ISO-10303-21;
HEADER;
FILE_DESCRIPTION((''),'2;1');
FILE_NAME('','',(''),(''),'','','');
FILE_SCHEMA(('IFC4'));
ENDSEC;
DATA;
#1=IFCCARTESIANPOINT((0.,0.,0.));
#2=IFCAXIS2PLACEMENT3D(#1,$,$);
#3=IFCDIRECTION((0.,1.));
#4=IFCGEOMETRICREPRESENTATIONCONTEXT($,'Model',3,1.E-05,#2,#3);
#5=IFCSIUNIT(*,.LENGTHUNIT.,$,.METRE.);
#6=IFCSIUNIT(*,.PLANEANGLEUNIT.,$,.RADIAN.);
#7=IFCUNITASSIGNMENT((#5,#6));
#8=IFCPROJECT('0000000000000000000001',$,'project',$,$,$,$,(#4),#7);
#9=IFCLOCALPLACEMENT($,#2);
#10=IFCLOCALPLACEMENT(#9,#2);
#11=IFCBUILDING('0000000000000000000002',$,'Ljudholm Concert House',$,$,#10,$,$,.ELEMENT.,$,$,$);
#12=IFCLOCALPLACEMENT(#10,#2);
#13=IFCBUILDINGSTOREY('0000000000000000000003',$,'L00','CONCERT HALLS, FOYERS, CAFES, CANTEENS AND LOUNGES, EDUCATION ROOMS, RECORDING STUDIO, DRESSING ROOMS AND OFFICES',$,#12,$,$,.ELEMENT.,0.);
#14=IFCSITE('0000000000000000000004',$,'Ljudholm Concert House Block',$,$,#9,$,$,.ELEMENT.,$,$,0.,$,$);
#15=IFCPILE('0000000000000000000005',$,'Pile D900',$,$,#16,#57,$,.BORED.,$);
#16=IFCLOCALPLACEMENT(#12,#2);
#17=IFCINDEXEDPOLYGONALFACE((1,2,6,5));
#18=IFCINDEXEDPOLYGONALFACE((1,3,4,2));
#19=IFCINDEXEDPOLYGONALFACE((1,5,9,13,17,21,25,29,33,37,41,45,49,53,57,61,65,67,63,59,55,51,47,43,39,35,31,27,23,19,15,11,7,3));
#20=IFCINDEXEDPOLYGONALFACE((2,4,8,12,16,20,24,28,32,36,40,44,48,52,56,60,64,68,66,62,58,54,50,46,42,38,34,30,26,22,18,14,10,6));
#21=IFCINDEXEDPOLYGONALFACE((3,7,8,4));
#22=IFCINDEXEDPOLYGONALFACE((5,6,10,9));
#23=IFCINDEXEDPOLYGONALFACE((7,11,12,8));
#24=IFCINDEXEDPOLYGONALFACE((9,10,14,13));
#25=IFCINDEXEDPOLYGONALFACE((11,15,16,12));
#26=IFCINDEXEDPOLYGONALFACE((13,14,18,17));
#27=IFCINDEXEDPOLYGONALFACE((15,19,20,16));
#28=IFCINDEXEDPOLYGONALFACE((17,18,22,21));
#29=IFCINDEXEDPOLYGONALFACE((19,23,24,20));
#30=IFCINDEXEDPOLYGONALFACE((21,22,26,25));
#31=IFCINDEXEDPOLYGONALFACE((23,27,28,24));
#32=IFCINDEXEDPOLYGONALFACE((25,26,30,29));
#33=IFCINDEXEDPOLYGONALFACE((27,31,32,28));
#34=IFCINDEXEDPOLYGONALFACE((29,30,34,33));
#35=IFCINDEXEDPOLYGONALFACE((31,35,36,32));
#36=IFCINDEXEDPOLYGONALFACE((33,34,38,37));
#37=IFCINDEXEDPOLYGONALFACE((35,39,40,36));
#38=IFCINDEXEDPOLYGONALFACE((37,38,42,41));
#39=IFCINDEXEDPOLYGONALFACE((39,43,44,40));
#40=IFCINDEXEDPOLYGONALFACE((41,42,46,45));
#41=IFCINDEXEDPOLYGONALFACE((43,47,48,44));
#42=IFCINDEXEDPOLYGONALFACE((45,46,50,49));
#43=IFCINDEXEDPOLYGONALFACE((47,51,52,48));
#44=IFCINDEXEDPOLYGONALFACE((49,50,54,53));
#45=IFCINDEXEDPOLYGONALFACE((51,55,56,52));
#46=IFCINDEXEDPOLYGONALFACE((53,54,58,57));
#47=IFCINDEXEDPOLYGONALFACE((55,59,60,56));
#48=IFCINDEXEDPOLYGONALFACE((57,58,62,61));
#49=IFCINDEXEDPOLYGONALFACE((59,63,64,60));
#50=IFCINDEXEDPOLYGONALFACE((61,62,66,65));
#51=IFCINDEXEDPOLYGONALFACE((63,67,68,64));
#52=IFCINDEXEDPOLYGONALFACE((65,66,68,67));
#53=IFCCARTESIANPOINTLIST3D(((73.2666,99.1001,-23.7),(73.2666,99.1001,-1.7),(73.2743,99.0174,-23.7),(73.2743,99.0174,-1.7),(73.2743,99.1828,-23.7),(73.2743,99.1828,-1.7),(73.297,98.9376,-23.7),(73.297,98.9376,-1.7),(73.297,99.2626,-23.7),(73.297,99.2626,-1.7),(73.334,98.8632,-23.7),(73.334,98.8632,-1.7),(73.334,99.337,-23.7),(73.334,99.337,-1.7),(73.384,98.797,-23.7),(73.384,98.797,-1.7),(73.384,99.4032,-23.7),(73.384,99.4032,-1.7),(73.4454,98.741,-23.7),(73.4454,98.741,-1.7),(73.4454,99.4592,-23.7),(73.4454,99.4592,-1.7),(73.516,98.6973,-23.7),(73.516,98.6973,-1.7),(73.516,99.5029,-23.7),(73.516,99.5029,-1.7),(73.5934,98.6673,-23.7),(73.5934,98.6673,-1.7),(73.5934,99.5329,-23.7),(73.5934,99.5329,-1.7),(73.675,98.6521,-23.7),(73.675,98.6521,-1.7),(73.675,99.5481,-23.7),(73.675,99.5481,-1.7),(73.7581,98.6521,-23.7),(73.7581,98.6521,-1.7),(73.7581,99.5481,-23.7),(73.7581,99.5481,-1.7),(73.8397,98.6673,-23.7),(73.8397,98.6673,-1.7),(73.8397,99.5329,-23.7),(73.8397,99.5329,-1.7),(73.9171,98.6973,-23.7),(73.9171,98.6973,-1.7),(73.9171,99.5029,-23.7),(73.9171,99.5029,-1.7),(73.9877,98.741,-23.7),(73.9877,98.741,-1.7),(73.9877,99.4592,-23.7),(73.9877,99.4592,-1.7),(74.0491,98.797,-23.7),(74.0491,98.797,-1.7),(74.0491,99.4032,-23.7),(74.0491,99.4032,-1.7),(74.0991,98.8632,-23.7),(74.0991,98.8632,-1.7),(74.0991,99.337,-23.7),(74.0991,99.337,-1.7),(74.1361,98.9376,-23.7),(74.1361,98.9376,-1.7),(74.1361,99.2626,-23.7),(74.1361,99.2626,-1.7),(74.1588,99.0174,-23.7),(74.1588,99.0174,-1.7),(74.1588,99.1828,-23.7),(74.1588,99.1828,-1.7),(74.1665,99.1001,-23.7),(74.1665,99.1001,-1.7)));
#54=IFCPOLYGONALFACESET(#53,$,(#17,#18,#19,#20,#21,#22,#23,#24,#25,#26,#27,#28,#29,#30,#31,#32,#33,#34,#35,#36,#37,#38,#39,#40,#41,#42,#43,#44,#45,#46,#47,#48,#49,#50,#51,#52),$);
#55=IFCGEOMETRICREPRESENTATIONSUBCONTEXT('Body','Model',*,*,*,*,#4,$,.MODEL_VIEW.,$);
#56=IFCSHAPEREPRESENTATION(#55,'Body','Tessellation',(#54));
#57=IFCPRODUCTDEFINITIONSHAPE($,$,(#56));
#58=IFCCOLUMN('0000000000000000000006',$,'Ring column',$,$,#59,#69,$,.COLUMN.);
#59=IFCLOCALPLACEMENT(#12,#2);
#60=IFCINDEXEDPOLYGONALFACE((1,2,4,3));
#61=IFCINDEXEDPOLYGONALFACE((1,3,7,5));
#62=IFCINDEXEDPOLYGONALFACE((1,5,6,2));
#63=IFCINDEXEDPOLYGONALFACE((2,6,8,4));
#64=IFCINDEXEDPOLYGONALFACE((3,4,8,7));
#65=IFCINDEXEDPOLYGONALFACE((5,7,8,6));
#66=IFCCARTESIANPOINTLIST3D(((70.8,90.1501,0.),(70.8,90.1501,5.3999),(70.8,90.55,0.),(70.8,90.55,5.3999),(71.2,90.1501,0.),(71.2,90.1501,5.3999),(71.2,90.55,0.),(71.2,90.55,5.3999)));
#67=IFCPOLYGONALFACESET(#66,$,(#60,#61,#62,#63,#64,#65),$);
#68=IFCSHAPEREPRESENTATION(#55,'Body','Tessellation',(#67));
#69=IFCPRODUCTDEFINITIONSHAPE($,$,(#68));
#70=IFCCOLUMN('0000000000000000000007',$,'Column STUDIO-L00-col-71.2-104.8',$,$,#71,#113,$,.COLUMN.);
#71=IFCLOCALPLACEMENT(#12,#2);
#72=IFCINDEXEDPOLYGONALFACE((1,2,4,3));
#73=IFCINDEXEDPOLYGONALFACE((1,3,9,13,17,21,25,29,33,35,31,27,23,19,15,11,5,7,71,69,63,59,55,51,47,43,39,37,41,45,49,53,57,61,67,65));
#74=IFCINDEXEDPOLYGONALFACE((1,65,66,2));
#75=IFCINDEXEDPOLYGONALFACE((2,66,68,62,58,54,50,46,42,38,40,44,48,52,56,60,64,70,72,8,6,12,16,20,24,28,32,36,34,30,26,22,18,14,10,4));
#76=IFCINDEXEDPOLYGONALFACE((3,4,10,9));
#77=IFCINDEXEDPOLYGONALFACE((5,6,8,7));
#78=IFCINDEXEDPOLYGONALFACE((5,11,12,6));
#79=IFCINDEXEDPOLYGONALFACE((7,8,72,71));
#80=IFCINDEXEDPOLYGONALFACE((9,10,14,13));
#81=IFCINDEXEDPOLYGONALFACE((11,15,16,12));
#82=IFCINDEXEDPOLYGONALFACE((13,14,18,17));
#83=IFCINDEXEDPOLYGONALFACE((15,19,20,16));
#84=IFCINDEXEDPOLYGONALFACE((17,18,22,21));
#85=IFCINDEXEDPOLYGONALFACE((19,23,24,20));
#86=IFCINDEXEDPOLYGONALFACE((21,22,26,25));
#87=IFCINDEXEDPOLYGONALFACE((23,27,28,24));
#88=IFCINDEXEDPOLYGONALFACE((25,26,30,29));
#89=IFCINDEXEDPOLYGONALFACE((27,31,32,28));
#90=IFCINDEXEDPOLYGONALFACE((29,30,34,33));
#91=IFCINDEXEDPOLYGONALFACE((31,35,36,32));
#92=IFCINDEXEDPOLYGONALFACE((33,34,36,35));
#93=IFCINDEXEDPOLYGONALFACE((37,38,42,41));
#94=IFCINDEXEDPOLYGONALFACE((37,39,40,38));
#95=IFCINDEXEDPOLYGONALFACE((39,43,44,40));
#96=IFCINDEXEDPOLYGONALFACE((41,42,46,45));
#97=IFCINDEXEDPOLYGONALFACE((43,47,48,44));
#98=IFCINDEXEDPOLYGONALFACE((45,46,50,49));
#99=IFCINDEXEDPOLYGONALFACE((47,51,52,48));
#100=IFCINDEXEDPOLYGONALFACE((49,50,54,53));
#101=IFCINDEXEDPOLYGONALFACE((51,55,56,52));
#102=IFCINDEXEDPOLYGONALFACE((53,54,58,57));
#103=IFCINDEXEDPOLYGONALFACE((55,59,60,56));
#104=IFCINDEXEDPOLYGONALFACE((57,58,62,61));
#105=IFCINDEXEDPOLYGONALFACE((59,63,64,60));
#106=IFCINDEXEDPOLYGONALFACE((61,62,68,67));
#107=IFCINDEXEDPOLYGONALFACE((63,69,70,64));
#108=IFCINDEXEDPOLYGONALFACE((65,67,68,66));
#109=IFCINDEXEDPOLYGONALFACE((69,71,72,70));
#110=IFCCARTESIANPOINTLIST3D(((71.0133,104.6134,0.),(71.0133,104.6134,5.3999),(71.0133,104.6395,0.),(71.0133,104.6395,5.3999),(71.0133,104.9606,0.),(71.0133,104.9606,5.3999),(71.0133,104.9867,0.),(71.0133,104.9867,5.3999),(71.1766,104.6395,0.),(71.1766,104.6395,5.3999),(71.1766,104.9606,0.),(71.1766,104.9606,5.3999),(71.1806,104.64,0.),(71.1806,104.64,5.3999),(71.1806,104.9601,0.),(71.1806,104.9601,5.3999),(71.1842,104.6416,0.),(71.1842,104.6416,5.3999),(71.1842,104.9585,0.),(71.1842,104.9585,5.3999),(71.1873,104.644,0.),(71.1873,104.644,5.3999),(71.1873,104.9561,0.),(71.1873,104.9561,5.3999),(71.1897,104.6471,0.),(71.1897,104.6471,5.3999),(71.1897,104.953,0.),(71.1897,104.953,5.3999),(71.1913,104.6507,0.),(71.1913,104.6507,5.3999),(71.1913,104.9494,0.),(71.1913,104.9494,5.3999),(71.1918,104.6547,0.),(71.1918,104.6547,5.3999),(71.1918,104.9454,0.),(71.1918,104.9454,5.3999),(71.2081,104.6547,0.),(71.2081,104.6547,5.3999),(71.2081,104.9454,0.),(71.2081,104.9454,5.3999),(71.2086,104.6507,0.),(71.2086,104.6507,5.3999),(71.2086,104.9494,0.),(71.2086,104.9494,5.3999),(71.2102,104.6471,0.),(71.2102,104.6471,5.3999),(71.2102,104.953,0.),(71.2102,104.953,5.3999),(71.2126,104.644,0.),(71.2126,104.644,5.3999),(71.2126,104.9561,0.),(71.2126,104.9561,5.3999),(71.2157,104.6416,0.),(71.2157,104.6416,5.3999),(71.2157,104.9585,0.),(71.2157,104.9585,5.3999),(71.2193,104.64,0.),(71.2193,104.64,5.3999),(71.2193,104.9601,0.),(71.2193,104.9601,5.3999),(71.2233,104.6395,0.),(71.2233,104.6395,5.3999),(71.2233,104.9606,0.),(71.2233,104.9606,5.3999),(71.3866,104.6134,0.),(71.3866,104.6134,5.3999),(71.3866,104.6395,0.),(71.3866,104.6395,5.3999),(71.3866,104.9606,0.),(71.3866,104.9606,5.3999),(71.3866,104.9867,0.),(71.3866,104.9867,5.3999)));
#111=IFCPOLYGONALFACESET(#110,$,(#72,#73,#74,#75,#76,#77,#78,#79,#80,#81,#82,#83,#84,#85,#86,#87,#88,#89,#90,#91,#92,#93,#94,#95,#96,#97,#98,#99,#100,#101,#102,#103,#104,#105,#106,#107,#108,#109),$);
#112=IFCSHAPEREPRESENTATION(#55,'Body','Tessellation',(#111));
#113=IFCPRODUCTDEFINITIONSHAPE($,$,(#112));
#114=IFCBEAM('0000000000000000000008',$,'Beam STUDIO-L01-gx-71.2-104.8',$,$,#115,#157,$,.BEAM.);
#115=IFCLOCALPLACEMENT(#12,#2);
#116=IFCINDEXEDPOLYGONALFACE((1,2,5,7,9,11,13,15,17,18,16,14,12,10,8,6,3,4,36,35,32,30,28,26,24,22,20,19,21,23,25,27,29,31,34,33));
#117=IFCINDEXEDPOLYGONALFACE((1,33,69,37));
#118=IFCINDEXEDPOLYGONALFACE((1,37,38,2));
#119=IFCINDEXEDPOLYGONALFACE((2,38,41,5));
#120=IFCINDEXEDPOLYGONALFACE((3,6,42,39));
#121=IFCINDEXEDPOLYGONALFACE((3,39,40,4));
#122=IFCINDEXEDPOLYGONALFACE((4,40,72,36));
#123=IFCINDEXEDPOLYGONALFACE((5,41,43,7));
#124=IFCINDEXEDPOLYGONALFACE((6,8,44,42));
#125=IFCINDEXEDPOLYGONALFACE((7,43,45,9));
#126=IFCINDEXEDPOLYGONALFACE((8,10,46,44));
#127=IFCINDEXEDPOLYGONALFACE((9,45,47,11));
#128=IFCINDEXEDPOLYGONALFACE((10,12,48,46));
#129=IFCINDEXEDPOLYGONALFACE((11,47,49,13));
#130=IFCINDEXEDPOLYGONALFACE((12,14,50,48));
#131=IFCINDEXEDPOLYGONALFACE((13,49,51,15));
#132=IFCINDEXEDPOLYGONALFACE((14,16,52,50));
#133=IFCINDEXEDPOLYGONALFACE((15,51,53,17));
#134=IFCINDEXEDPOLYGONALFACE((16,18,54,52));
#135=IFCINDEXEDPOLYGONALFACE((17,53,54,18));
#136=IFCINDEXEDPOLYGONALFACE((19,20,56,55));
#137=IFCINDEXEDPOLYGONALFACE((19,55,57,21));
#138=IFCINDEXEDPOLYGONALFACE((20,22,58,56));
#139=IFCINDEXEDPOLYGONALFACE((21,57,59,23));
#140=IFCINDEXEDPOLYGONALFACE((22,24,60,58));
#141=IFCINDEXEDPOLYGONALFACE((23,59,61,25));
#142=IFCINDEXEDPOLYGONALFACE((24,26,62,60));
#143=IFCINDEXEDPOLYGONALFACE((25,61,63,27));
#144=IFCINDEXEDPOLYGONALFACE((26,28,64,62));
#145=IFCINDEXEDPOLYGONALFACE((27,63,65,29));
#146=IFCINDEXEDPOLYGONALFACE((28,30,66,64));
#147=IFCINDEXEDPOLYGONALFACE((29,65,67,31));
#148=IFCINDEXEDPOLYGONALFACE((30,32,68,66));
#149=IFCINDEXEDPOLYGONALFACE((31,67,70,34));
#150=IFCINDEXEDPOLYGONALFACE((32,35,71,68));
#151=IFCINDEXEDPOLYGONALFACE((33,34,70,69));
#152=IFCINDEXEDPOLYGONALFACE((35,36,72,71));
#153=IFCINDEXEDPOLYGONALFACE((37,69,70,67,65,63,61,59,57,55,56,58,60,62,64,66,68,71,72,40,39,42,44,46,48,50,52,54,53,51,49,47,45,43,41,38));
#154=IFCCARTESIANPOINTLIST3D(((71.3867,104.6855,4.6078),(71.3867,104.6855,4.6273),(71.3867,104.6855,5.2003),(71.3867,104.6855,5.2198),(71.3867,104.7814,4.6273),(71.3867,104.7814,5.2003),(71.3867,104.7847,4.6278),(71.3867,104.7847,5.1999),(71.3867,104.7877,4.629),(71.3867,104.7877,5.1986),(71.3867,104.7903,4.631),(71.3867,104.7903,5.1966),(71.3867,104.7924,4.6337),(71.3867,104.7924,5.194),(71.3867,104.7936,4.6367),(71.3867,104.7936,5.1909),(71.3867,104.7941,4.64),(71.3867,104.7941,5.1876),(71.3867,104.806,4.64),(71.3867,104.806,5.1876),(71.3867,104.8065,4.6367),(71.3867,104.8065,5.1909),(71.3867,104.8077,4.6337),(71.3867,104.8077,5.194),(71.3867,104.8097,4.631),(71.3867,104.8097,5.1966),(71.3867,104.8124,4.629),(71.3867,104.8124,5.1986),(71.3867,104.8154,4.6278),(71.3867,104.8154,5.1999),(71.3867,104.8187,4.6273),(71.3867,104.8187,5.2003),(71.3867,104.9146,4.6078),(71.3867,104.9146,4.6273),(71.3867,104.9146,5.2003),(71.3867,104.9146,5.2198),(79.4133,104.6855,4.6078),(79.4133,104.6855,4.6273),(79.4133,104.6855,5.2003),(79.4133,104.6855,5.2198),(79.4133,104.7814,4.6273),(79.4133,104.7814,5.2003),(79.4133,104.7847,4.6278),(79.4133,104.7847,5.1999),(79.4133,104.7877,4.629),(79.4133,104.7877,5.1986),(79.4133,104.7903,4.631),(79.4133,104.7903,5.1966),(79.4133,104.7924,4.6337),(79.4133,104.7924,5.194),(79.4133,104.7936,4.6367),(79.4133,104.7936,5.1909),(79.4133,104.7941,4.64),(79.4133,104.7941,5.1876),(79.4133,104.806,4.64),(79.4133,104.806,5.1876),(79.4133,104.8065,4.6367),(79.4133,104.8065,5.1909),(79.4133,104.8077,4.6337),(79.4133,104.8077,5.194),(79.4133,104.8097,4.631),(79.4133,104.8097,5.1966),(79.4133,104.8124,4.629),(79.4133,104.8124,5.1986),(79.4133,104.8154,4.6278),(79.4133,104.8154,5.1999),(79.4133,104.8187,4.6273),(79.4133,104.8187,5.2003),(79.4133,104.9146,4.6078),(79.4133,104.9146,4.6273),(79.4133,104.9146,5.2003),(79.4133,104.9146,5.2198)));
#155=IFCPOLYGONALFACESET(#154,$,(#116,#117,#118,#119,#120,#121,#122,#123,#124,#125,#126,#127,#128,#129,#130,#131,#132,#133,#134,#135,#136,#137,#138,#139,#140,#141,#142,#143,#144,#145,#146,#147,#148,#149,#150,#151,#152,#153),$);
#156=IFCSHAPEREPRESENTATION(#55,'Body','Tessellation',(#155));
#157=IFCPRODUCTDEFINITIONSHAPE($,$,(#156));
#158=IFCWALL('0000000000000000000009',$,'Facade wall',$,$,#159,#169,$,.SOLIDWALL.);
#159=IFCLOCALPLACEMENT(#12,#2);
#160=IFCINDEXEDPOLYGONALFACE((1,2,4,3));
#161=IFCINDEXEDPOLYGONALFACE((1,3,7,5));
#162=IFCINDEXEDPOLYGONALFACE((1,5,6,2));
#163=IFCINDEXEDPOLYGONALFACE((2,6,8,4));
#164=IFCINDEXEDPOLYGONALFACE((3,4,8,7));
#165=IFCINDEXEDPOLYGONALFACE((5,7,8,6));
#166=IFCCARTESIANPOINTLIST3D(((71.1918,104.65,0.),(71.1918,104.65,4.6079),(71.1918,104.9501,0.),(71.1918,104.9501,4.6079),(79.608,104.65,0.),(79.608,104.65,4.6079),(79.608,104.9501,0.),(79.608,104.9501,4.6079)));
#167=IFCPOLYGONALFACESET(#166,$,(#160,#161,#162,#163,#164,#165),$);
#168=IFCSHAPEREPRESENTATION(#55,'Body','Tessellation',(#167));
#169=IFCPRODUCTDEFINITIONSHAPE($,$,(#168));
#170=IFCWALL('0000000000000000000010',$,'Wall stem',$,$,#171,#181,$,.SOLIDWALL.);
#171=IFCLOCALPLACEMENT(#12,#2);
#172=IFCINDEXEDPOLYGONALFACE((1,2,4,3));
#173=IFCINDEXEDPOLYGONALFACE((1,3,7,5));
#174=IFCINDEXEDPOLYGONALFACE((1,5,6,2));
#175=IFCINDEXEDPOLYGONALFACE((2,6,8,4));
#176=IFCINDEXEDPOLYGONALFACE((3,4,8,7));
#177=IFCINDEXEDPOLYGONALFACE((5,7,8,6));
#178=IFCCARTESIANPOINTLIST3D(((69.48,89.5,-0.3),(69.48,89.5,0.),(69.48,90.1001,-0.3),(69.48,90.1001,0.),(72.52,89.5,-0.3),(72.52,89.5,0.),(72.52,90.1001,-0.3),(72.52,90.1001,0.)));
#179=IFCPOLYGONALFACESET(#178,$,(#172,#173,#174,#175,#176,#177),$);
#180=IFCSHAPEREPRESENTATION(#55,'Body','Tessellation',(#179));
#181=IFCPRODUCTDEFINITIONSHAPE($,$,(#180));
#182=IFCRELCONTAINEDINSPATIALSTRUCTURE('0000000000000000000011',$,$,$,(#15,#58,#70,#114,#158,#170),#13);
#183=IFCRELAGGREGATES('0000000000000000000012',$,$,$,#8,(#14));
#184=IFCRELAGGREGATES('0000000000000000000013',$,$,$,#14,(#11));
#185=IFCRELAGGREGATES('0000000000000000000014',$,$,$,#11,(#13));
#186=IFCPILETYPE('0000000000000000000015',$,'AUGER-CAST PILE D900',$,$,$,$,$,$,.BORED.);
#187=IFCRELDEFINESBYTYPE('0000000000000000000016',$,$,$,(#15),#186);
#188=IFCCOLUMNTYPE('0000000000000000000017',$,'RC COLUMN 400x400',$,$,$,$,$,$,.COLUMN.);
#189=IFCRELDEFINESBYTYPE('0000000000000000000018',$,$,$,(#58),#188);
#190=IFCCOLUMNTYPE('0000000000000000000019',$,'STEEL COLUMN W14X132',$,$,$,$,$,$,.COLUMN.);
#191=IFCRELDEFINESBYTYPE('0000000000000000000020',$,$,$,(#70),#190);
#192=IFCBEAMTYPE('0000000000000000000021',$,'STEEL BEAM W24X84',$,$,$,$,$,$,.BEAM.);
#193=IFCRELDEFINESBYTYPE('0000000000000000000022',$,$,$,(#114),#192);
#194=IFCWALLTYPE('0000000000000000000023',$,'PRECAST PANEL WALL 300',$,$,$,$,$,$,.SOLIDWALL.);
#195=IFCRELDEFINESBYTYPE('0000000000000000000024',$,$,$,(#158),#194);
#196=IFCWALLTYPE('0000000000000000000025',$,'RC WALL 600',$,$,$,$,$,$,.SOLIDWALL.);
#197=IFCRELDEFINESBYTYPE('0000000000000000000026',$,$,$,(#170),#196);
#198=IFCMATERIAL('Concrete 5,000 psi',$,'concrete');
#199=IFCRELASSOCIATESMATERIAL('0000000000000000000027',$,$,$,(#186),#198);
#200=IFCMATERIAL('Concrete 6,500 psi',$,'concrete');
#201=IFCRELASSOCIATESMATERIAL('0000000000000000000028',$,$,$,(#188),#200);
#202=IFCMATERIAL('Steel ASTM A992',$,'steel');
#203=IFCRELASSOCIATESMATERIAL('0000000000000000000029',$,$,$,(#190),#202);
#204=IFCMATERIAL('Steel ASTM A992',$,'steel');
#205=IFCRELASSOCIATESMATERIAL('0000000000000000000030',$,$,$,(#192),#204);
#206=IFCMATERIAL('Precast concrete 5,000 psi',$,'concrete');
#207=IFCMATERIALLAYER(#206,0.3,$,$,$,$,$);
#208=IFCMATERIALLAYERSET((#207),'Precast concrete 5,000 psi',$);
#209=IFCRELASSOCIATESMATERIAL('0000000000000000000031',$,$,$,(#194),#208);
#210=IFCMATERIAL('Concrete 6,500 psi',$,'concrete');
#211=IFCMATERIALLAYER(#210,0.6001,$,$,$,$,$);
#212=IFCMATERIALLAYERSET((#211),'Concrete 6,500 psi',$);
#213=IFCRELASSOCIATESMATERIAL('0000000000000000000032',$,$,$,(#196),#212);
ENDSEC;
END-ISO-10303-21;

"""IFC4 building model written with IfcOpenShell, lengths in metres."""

from ifc_helpers import new_model, si_unit, direction, frame, frame_2d, origin, origin_2d, place, context, subcontext, project, spatial, rectangle, circle, i_section, extrude, material, layer, layer_set, material_profile, profile_set, type_object, element, save


model = new_model("IFC4")

# Units and contexts
model_context = context("Model", 3, precision=1e-05, world=origin(), true_north=direction((0.0, 1.0)))
body_context = subcontext(model_context, "Body", "Model", "MODEL_VIEW")
ifc_project = project(units=[si_unit("LENGTHUNIT", "METRE"), si_unit("PLANEANGLEUNIT", "RADIAN")], contexts=[model_context])

# Site, building, storey
site_placement = place(None, origin())
site = spatial("IfcSite", under=ifc_project, at=site_placement, Name="Ljudholm Concert House Block", CompositionType="ELEMENT", RefElevation=0.0)
building_placement = place(site_placement, origin())
building = spatial("IfcBuilding", under=site, at=building_placement, Name="Ljudholm Concert House", CompositionType="ELEMENT")
storey_placement = place(building_placement, origin())
storey = spatial("IfcBuildingStorey", under=building, at=storey_placement, Name="L00", Description="CONCERT HALLS, FOYERS, CAFES, CANTEENS AND LOUNGES, EDUCATION ROOMS, RECORDING STUDIO, DRESSING ROOMS AND OFFICES", CompositionType="ELEMENT", Elevation=0.0)

# Pile
ifc_material_1 = material(Name="Concrete 5,000 psi", Category="concrete")
ifc_material_profile_1 = material_profile(ifc_material_1, circle(Radius=0.45, at=origin_2d()), Name="AUGER-CAST PILE D900")
ifc_profile_set_1 = profile_set([ifc_material_profile_1], Name="Concrete 5,000 psi")
pile_type_1 = type_object("IfcPileType", Name="AUGER-CAST PILE D900", PredefinedType="BORED", material=ifc_profile_set_1)
for number, where, z_axis, x_axis, name in (
    (1, (73.7166, 99.1001, -1.7), (0.0, 0.0, -1.0), (1.0, 0.0, 0.0), "Pile D900"),
):
    element("IfcPile", number, at=place(storey_placement, frame(where, z_axis=z_axis, x_axis=x_axis)), inside=storey, type_object=pile_type_1, Name=name, PredefinedType="BORED", context=body_context, shape_type="SweptSolid", body=[
        extrude(circle(Radius=0.45, at=origin_2d()), origin(), (0.0, 0.0, 1.0), 22.0),
    ])

# Columns
ifc_material_2 = material(Name="Concrete 6,500 psi", Category="concrete")
ifc_material_profile_2 = material_profile(ifc_material_2, rectangle(XDim=0.3999, YDim=0.3999, at=origin_2d()), Name="RC COLUMN 400x400")
ifc_profile_set_2 = profile_set([ifc_material_profile_2], Name="Concrete 6,500 psi")
column_type_1 = type_object("IfcColumnType", Name="RC COLUMN 400x400", PredefinedType="COLUMN", material=ifc_profile_set_2)
column_1_placement = place(storey_placement, frame((71.0, 90.3501, 0.0), z_axis=(0.0, 0.0, 1.0), x_axis=(1.0, 0.0, 0.0)))
element("IfcColumn", 2, at=column_1_placement, inside=storey, type_object=column_type_1, Name="Ring column", PredefinedType="COLUMN", context=body_context, shape_type="SweptSolid", body=[
    extrude(rectangle(XDim=0.3999, YDim=0.3999, at=origin_2d()), origin(), (0.0, 0.0, 1.0), 5.3999),
])
ifc_material_3 = material(Name="Steel ASTM A992", Category="steel")
ifc_material_profile_3 = material_profile(ifc_material_3, i_section(OverallWidth=0.3733, OverallDepth=0.3733, WebThickness=0.0164, FlangeThickness=0.0261, FilletRadius=0.0151, at=origin_2d()), Name="W14X132")
ifc_profile_set_3 = profile_set([ifc_material_profile_3], Name="Steel ASTM A992")
column_type_2 = type_object("IfcColumnType", Name="STEEL COLUMN W14X132", PredefinedType="COLUMN", material=ifc_profile_set_3)
column_2_placement = place(storey_placement, frame((71.2, 104.8, 0.0), z_axis=(0.0, 0.0, 1.0), x_axis=(1.0, 0.0, 0.0)))
element("IfcColumn", 3, at=column_2_placement, inside=storey, type_object=column_type_2, Name="Column STUDIO-L00-col-71.2-104.8", PredefinedType="COLUMN", context=body_context, shape_type="SweptSolid", body=[
    extrude(i_section(OverallWidth=0.3733, OverallDepth=0.3733, WebThickness=0.0164, FlangeThickness=0.0261, FilletRadius=0.0151, at=origin_2d()), origin(), (0.0, 0.0, 1.0), 5.3999),
])

# Beam
ifc_material_4 = material(Name="Steel ASTM A992", Category="steel")
ifc_material_profile_4 = material_profile(ifc_material_4, i_section(OverallWidth=0.229, OverallDepth=0.6121, WebThickness=0.012, FlangeThickness=0.0195, FilletRadius=0.0127, at=origin_2d()), Name="W24X84")
ifc_profile_set_4 = profile_set([ifc_material_profile_4], Name="Steel ASTM A992")
beam_type = type_object("IfcBeamType", Name="STEEL BEAM W24X84", PredefinedType="BEAM", material=ifc_profile_set_4)
beam_placement = place(storey_placement, frame((71.3867, 104.8, 4.9138), z_axis=(1.0, 0.0, 0.0), x_axis=(0.0, 1.0, 0.0)))
element("IfcBeam", 4, at=beam_placement, inside=storey, type_object=beam_type, Name="Beam STUDIO-L01-gx-71.2-104.8", PredefinedType="BEAM", context=body_context, shape_type="SweptSolid", body=[
    extrude(i_section(OverallWidth=0.229, OverallDepth=0.6121, WebThickness=0.012, FlangeThickness=0.0195, FilletRadius=0.0127, at=origin_2d()), origin(), (0.0, 0.0, 1.0), 8.0266),
])

# Walls
ifc_material_5 = material(Name="Precast concrete 5,000 psi", Category="concrete")
ifc_layer_1 = layer(ifc_material_5, 0.3)
ifc_layer_set_1 = layer_set([ifc_layer_1], Name="Precast concrete 5,000 psi")
wall_type_1 = type_object("IfcWallType", Name="PRECAST PANEL WALL 300", PredefinedType="SOLIDWALL", material=ifc_layer_set_1)
wall_1_placement = place(storey_placement, frame((71.1919, 104.8, 0.0), z_axis=(0.0, 0.0, 1.0), x_axis=(1.0, 0.0, 0.0)))
element("IfcWall", 5, at=wall_1_placement, inside=storey, type_object=wall_type_1, Name="Facade wall", PredefinedType="SOLIDWALL", context=body_context, shape_type="SweptSolid", body=[
    extrude(rectangle(XDim=8.4163, YDim=0.3, at=frame_2d((4.208, 0.0))), origin(), (0.0, 0.0, 1.0), 4.6079),
])
ifc_material_6 = material(Name="Concrete 6,500 psi", Category="concrete")
ifc_layer_2 = layer(ifc_material_6, 0.6001)
ifc_layer_set_2 = layer_set([ifc_layer_2], Name="Concrete 6,500 psi")
wall_type_2 = type_object("IfcWallType", Name="RC WALL 600", PredefinedType="SOLIDWALL", material=ifc_layer_set_2)
wall_2_placement = place(storey_placement, frame((69.48, 89.8, -0.3), z_axis=(0.0, 0.0, 1.0), x_axis=(1.0, 0.0, 0.0)))
element("IfcWall", 6, at=wall_2_placement, inside=storey, type_object=wall_type_2, Name="Wall stem", PredefinedType="SOLIDWALL", context=body_context, shape_type="SweptSolid", body=[
    extrude(rectangle(XDim=3.04, YDim=0.6001, at=frame_2d((1.52, 0.0))), origin(), (0.0, 0.0, 1.0), 0.3),
])

save(model, "model.ifc")
